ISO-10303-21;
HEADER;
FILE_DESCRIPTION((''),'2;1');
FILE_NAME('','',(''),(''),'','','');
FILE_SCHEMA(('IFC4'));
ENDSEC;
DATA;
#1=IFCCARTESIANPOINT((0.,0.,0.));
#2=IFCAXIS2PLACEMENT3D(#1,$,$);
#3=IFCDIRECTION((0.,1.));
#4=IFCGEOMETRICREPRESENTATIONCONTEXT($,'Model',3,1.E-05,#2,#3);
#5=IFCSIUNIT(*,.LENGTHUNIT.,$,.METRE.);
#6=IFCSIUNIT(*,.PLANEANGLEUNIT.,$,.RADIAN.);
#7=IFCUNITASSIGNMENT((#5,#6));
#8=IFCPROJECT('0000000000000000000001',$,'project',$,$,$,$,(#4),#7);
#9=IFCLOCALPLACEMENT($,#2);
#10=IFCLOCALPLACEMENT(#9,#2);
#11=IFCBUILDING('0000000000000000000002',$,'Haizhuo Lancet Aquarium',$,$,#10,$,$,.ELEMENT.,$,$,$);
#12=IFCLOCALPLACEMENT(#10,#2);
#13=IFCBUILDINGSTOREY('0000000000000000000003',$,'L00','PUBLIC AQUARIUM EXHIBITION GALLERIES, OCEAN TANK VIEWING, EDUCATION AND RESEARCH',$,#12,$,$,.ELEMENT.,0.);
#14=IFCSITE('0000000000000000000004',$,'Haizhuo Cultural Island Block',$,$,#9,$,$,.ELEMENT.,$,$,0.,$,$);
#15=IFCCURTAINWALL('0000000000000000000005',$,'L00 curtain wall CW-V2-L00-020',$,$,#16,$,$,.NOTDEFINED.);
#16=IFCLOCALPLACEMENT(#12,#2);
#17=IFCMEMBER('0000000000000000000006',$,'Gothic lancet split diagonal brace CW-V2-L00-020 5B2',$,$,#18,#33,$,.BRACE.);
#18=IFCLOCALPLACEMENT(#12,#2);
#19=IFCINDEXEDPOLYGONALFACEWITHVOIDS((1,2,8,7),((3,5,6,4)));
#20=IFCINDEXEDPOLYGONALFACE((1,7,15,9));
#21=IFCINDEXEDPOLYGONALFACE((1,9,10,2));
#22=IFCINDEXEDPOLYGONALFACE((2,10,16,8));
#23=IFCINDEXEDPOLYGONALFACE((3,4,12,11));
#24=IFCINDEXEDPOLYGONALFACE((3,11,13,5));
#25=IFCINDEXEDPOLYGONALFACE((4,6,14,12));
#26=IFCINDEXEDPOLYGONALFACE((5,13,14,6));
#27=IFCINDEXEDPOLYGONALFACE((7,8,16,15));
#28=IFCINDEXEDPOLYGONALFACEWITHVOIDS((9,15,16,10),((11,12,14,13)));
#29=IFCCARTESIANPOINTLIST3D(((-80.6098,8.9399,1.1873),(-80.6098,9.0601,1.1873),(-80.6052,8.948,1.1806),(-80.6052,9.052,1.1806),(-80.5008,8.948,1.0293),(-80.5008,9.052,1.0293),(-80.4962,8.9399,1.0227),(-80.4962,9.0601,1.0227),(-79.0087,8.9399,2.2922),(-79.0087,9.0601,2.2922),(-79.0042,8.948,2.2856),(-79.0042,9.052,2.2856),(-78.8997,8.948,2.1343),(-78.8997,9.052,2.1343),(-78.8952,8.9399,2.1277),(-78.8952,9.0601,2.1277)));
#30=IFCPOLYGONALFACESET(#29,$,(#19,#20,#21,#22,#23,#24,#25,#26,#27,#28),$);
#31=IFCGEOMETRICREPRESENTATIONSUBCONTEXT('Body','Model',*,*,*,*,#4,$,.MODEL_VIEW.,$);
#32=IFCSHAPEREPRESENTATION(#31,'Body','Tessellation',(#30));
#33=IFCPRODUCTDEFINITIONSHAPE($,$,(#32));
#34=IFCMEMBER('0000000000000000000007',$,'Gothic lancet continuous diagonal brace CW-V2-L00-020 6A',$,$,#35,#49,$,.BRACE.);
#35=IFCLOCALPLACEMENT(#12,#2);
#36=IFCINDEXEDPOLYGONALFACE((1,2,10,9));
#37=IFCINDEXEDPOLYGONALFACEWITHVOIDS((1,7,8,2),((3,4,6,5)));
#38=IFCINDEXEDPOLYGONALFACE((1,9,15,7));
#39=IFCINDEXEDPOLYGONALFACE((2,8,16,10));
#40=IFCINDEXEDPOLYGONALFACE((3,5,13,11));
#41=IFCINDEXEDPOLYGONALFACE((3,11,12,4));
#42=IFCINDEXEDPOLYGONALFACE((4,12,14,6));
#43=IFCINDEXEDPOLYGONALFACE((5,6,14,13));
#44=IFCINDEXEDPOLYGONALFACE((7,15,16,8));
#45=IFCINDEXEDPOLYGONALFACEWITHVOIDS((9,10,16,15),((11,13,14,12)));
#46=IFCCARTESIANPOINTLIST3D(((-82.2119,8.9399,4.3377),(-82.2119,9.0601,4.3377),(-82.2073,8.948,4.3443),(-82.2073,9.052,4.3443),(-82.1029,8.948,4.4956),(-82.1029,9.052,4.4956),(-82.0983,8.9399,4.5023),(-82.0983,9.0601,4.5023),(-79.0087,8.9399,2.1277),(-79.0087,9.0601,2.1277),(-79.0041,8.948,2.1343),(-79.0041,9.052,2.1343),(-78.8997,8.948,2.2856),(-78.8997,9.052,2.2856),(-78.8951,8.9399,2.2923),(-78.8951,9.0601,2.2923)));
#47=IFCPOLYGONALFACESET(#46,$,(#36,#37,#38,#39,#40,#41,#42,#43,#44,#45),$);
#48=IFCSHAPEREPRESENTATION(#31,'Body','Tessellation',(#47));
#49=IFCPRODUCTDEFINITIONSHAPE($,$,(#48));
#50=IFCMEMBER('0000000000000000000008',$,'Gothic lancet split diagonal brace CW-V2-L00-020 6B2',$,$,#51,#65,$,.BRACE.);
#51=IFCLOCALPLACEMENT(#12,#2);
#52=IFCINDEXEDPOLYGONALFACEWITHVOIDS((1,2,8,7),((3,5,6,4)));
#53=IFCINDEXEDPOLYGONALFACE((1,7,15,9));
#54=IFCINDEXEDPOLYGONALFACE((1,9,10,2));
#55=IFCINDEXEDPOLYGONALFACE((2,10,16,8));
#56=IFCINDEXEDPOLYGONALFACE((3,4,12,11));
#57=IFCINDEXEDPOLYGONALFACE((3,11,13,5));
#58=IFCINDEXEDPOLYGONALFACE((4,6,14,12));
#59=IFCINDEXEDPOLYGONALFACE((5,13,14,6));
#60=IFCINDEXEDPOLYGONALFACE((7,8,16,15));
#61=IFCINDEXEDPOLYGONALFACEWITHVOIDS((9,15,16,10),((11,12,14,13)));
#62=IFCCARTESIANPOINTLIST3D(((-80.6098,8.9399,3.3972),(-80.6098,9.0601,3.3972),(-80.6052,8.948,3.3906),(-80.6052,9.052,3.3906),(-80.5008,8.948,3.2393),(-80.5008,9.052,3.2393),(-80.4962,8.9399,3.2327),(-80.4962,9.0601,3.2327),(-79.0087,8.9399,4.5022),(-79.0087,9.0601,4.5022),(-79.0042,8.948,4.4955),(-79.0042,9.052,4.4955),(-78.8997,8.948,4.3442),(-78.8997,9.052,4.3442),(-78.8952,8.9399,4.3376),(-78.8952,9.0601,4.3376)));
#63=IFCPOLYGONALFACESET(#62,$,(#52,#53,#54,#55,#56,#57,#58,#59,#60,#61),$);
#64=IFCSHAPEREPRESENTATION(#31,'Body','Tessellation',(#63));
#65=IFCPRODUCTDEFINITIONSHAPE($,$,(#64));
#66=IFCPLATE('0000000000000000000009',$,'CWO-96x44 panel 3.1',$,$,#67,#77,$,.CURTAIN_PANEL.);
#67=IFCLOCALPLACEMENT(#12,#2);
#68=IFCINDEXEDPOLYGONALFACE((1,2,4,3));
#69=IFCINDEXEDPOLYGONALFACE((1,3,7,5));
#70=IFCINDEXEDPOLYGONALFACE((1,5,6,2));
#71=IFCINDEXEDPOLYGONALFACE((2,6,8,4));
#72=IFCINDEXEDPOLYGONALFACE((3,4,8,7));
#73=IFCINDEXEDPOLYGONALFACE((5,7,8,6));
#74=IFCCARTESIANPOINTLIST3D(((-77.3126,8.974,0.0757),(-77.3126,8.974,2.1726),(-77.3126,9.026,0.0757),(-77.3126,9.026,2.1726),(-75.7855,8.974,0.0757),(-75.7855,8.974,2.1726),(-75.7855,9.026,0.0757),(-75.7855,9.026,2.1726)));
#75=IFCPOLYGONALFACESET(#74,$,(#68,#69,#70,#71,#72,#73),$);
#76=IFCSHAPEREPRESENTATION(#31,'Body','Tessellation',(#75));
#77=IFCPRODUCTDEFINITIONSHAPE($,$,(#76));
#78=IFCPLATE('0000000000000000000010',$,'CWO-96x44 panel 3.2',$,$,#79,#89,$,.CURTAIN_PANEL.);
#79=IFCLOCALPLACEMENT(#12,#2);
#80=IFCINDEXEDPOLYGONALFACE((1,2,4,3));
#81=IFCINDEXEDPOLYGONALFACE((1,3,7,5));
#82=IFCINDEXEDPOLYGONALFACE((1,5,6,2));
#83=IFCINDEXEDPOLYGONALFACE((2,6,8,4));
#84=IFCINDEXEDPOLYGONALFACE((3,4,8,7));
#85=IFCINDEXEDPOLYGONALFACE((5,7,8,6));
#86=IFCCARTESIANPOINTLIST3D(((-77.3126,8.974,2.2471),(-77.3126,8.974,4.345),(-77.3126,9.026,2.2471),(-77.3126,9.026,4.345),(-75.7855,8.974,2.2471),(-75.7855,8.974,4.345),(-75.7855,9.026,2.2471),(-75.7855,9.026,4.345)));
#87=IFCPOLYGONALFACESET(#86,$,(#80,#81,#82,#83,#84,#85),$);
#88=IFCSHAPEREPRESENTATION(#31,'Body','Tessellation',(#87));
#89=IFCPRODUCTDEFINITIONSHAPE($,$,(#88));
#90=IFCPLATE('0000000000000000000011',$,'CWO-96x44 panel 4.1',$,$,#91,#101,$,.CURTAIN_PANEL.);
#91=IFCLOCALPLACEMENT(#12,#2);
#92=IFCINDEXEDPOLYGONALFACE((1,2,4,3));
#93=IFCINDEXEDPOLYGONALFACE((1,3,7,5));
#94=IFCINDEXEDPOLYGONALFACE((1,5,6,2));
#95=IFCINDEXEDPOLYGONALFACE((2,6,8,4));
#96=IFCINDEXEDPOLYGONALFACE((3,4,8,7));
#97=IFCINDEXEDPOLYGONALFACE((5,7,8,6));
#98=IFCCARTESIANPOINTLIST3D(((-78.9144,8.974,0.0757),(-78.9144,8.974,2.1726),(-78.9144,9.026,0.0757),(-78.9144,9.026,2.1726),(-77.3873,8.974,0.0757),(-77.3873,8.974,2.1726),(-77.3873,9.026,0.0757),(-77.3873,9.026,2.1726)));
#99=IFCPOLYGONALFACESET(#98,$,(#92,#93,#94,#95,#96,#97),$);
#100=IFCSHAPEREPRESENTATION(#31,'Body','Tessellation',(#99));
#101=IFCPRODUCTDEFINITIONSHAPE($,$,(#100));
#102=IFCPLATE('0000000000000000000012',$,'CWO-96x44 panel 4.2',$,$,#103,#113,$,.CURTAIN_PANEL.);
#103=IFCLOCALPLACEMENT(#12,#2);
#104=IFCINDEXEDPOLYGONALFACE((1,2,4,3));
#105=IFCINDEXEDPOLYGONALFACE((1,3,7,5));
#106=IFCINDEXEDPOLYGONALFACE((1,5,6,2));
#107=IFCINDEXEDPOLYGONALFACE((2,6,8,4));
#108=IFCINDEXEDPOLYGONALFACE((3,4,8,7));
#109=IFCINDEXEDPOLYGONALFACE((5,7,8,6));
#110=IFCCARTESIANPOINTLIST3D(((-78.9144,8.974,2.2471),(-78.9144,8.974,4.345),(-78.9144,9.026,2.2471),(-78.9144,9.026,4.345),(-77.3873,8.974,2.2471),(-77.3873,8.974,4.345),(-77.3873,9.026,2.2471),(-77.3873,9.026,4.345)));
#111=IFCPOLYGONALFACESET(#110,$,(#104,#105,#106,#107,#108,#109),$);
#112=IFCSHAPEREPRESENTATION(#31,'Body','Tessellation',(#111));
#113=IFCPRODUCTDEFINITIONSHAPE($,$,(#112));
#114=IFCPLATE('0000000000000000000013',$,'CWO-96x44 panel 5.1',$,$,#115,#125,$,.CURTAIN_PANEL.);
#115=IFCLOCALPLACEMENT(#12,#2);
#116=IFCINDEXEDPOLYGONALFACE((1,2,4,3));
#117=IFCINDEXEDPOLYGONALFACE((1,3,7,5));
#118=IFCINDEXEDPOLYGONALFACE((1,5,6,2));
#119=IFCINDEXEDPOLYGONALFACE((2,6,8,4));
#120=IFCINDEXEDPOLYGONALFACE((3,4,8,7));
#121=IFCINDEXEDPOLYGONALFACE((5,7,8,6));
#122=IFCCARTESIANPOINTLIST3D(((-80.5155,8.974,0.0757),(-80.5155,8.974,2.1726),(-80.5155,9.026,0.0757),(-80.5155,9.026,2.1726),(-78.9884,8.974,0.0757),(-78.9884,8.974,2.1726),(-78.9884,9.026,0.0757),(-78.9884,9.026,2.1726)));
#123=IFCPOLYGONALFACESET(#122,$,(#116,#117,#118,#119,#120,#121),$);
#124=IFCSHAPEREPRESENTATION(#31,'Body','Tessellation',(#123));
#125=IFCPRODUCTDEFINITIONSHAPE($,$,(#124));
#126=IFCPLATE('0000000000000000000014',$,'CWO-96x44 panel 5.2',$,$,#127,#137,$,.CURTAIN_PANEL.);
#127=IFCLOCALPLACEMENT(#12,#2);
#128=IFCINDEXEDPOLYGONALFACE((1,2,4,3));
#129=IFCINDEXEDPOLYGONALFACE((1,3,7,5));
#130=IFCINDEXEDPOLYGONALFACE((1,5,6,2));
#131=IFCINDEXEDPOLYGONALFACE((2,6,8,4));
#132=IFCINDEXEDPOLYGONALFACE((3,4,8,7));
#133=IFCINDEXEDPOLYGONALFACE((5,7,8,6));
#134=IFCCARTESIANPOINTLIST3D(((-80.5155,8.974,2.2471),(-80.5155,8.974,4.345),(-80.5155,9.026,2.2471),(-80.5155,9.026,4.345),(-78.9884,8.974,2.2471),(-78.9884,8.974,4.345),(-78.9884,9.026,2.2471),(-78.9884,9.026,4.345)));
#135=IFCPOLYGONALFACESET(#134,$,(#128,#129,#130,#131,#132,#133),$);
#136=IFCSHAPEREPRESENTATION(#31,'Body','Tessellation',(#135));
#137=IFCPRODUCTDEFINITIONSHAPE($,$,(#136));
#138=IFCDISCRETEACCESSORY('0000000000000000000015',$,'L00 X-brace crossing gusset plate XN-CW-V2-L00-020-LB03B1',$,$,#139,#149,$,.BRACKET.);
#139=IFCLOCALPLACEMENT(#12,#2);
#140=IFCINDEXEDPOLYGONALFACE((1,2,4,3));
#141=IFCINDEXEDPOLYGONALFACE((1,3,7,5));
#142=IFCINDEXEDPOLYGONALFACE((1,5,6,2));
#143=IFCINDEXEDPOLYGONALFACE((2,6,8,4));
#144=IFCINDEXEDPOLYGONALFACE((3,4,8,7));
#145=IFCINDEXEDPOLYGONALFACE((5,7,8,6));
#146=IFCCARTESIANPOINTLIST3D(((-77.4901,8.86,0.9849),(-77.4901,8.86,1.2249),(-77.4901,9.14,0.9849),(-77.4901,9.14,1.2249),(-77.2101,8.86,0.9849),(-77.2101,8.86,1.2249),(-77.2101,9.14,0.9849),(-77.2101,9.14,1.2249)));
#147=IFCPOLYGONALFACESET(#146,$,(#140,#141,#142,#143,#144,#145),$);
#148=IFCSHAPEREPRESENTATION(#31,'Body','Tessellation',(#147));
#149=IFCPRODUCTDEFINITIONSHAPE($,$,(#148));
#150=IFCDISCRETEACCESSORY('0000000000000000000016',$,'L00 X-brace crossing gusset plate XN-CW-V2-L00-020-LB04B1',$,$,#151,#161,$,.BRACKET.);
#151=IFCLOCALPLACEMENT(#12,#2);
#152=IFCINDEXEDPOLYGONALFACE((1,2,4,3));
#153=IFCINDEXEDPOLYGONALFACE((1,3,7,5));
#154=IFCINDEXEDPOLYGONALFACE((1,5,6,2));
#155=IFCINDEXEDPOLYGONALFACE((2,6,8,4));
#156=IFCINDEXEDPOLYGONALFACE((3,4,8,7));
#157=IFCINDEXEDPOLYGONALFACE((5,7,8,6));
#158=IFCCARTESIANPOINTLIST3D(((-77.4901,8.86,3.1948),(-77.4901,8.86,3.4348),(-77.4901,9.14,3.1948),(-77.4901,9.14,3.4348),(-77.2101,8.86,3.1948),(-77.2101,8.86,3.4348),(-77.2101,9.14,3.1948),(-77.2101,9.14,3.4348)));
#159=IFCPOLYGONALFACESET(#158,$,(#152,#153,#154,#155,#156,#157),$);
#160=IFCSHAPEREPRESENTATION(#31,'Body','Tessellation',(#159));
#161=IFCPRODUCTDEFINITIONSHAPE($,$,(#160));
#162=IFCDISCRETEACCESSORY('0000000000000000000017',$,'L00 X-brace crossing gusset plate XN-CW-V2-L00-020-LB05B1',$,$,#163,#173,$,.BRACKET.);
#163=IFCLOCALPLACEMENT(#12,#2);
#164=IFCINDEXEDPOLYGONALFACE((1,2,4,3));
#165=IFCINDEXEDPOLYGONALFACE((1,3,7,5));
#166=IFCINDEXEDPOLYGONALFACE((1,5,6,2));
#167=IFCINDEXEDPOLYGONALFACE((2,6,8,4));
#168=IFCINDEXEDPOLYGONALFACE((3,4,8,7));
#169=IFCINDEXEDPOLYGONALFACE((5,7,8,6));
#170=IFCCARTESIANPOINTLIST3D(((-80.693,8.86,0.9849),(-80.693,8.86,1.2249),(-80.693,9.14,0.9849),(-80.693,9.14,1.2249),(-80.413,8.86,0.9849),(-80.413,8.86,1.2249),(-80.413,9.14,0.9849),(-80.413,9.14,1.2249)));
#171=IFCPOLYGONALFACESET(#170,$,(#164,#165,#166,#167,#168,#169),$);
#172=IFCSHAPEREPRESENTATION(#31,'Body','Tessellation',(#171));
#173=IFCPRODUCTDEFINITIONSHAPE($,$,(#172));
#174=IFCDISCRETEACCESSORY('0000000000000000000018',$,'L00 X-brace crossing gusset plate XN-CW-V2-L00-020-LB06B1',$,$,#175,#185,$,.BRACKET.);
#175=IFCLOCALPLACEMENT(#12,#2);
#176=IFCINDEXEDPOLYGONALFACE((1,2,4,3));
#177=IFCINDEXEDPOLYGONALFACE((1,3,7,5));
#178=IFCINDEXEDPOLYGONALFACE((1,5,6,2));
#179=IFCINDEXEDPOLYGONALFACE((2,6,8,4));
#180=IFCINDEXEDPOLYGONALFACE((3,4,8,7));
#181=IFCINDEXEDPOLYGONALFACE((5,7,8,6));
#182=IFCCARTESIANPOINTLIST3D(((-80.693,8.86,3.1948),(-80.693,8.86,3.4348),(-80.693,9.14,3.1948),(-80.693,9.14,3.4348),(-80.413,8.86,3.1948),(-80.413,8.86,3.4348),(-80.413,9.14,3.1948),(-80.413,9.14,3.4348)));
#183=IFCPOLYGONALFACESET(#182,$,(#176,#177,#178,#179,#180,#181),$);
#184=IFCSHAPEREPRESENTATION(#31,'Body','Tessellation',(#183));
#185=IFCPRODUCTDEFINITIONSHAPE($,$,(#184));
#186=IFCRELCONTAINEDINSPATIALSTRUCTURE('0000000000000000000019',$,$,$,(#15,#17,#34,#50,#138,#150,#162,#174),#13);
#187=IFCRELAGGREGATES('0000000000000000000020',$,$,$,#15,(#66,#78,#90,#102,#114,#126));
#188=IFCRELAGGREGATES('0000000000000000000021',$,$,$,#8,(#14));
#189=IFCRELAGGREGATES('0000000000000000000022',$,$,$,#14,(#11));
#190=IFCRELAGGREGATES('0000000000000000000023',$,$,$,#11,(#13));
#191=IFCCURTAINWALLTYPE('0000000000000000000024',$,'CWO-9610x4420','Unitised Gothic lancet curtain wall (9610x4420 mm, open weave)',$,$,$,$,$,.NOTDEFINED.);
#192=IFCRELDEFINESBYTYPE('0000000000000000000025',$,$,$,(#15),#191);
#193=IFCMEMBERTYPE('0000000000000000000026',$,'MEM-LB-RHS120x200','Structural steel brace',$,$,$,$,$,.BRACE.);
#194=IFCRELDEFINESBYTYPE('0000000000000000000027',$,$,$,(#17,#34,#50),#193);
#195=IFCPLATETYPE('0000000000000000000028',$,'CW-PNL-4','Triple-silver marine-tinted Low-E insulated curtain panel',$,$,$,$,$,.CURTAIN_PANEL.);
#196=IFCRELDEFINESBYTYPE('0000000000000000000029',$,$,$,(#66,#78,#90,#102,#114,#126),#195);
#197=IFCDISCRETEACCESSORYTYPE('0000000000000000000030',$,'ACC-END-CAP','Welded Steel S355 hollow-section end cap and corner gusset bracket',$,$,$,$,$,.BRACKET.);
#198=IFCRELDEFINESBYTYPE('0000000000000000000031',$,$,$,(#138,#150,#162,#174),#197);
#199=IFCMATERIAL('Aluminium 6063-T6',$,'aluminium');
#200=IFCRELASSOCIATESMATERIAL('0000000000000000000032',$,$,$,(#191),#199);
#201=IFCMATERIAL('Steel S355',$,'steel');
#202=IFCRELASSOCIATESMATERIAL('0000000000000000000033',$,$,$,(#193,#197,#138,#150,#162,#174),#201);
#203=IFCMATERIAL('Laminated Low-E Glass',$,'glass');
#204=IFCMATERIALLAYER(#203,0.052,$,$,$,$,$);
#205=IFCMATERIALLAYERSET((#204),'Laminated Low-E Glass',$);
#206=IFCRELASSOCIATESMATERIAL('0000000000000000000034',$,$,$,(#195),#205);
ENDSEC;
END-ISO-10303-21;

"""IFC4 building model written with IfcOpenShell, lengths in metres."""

from ifc_helpers import new_model, si_unit, direction, frame, origin, origin_2d, place, context, subcontext, project, spatial, rectangle, hollow_rectangle, extrude, material, layer, layer_set, material_profile, profile_set, type_object, element, aggregate, save


model = new_model("IFC4")

# Units and contexts
model_context = context("Model", 3, precision=1e-05, world=origin(), true_north=direction((0.0, 1.0)))
body_context = subcontext(model_context, "Body", "Model", "MODEL_VIEW")
ifc_project = project(units=[si_unit("LENGTHUNIT", "METRE"), si_unit("PLANEANGLEUNIT", "RADIAN")], contexts=[model_context])

# Site, building, storey
site_placement = place(None, origin())
site = spatial("IfcSite", under=ifc_project, at=site_placement, Name="Haizhuo Cultural Island Block", CompositionType="ELEMENT", RefElevation=0.0)
building_placement = place(site_placement, origin())
building = spatial("IfcBuilding", under=site, at=building_placement, Name="Haizhuo Lancet Aquarium", CompositionType="ELEMENT")
storey_placement = place(building_placement, origin())
storey = spatial("IfcBuildingStorey", under=building, at=storey_placement, Name="L00", Description="PUBLIC AQUARIUM EXHIBITION GALLERIES, OCEAN TANK VIEWING, EDUCATION AND RESEARCH", CompositionType="ELEMENT", Elevation=0.0)

# Curtain wall
ifc_material_1 = material(Name="Aluminium 6063-T6", Category="aluminium")
curtain_wall_type = type_object("IfcCurtainWallType", Name="CWO-9610x4420", Description="Unitised Gothic lancet curtain wall (9610x4420 mm, open weave)", PredefinedType="NOTDEFINED", material=ifc_material_1)
curtain_wall_placement = place(storey_placement, origin())
curtain_wall = element("IfcCurtainWall", 1, at=curtain_wall_placement, inside=storey, type_object=curtain_wall_type, Name="L00 curtain wall CW-V2-L00-020", PredefinedType="NOTDEFINED")

# Members
ifc_material_2 = material(Name="Steel S355", Category="steel")
ifc_material_profile_1 = material_profile(ifc_material_2, hollow_rectangle(XDim=0.1201, YDim=0.2, WallThickness=0.0081, at=origin_2d()), Name="RHS 120x200x8")
ifc_profile_set_1 = profile_set([ifc_material_profile_1], Name="Steel S355")
member_type_1 = type_object("IfcMemberType", Name="MEM-LB-RHS120x200", Description="Structural steel brace", PredefinedType="BRACE", material=ifc_profile_set_1)
member_1_placement = place(storey_placement, frame((-80.553, 9.0, 1.105), z_axis=(0.823023, 0.0, 0.568009), x_axis=(0.0, 1.0, 0.0)))
element("IfcMember", 2, at=member_1_placement, inside=storey, type_object=member_type_1, Name="Gothic lancet split diagonal brace CW-V2-L00-020 5B2", PredefinedType="BRACE", context=body_context, shape_type="SweptSolid", body=[
    extrude(hollow_rectangle(XDim=0.1201, YDim=0.2, WallThickness=0.0081, at=origin_2d()), origin(), (0.0, 0.0, 1.0), 1.9453),
])
member_2_placement = place(storey_placement, frame((-78.9519, 9.0, 2.21), z_axis=(-0.823104, 0.0, 0.567891), x_axis=(0.0, -1.0, 0.0)))
element("IfcMember", 3, at=member_2_placement, inside=storey, type_object=member_type_1, Name="Gothic lancet continuous diagonal brace CW-V2-L00-020 6A", PredefinedType="BRACE", context=body_context, shape_type="SweptSolid", body=[
    extrude(hollow_rectangle(XDim=0.1201, YDim=0.2, WallThickness=0.0081, at=origin_2d()), origin(), (0.0, 0.0, 1.0), 3.8916),
])
member_3_placement = place(storey_placement, frame((-80.553, 9.0, 3.3149), z_axis=(0.823023, 0.0, 0.568009), x_axis=(0.0, 1.0, 0.0)))
element("IfcMember", 4, at=member_3_placement, inside=storey, type_object=member_type_1, Name="Gothic lancet split diagonal brace CW-V2-L00-020 6B2", PredefinedType="BRACE", context=body_context, shape_type="SweptSolid", body=[
    extrude(hollow_rectangle(XDim=0.1201, YDim=0.2, WallThickness=0.0081, at=origin_2d()), origin(), (0.0, 0.0, 1.0), 1.9453),
])

# Plates
ifc_material_3 = material(Name="Laminated Low-E Glass", Category="glass")
ifc_layer = layer(ifc_material_3, 0.052)
ifc_layer_set = layer_set([ifc_layer], Name="Laminated Low-E Glass")
plate_type = type_object("IfcPlateType", Name="CW-PNL-4", Description="Triple-silver marine-tinted Low-E insulated curtain panel", PredefinedType="CURTAIN_PANEL", material=ifc_layer_set)
plate_1_placement = place(storey_placement, frame((-76.5491, 9.0, 0.0757), z_axis=(0.0, 0.0, 1.0), x_axis=(-1.0, 0.0, 0.0)))
plate_1 = element("IfcPlate", 5, at=plate_1_placement, type_object=plate_type, Name="CWO-96x44 panel 3.1", PredefinedType="CURTAIN_PANEL", context=body_context, shape_type="SweptSolid", body=[
    extrude(rectangle(XDim=1.5271, YDim=0.052, at=origin_2d()), origin(), (0.0, 0.0, 1.0), 2.0969),
])
plate_2_placement = place(storey_placement, frame((-76.5491, 9.0, 2.2471), z_axis=(0.0, 0.0, 1.0), x_axis=(-1.0, 0.0, 0.0)))
plate_2 = element("IfcPlate", 6, at=plate_2_placement, type_object=plate_type, Name="CWO-96x44 panel 3.2", PredefinedType="CURTAIN_PANEL", context=body_context, shape_type="SweptSolid", body=[
    extrude(rectangle(XDim=1.5271, YDim=0.052, at=origin_2d()), origin(), (0.0, 0.0, 1.0), 2.0979),
])
plate_3_placement = place(storey_placement, frame((-78.1509, 9.0, 0.0757), z_axis=(0.0, 0.0, 1.0), x_axis=(-1.0, 0.0, 0.0)))
plate_3 = element("IfcPlate", 7, at=plate_3_placement, type_object=plate_type, Name="CWO-96x44 panel 4.1", PredefinedType="CURTAIN_PANEL", context=body_context, shape_type="SweptSolid", body=[
    extrude(rectangle(XDim=1.5271, YDim=0.052, at=origin_2d()), origin(), (0.0, 0.0, 1.0), 2.0969),
])
plate_4_placement = place(storey_placement, frame((-78.1509, 9.0, 2.2471), z_axis=(0.0, 0.0, 1.0), x_axis=(-1.0, 0.0, 0.0)))
plate_4 = element("IfcPlate", 8, at=plate_4_placement, type_object=plate_type, Name="CWO-96x44 panel 4.2", PredefinedType="CURTAIN_PANEL", context=body_context, shape_type="SweptSolid", body=[
    extrude(rectangle(XDim=1.5271, YDim=0.052, at=origin_2d()), origin(), (0.0, 0.0, 1.0), 2.0979),
])
plate_5_placement = place(storey_placement, frame((-79.752, 9.0, 0.0757), z_axis=(0.0, 0.0, 1.0), x_axis=(-1.0, 0.0, 0.0)))
plate_5 = element("IfcPlate", 9, at=plate_5_placement, type_object=plate_type, Name="CWO-96x44 panel 5.1", PredefinedType="CURTAIN_PANEL", context=body_context, shape_type="SweptSolid", body=[
    extrude(rectangle(XDim=1.5271, YDim=0.052, at=origin_2d()), origin(), (0.0, 0.0, 1.0), 2.0969),
])
plate_6_placement = place(storey_placement, frame((-79.752, 9.0, 2.2471), z_axis=(0.0, 0.0, 1.0), x_axis=(-1.0, 0.0, 0.0)))
plate_6 = element("IfcPlate", 10, at=plate_6_placement, type_object=plate_type, Name="CWO-96x44 panel 5.2", PredefinedType="CURTAIN_PANEL", context=body_context, shape_type="SweptSolid", body=[
    extrude(rectangle(XDim=1.5271, YDim=0.052, at=origin_2d()), origin(), (0.0, 0.0, 1.0), 2.0979),
])
aggregate(curtain_wall, [plate_1, plate_2, plate_3, plate_4, plate_5, plate_6])

# Discrete accessories
discrete_accessory_type = type_object("IfcDiscreteAccessoryType", Name="ACC-END-CAP", Description="Welded Steel S355 hollow-section end cap and corner gusset bracket", PredefinedType="BRACKET", material=ifc_material_2)
for number, where, z_axis, x_axis, name in (
    (11, (-77.3501, 9.0, 0.9849), (0.0, 0.0, 1.0), (1.0, 0.0, 0.0), "L00 X-brace crossing gusset plate XN-CW-V2-L00-020-LB03B1"),
    (12, (-77.3501, 9.0, 3.1948), (0.0, 0.0, 1.0), (1.0, 0.0, 0.0), "L00 X-brace crossing gusset plate XN-CW-V2-L00-020-LB04B1"),
    (13, (-80.553, 9.0, 0.9849), (0.0, 0.0, 1.0), (1.0, 0.0, 0.0), "L00 X-brace crossing gusset plate XN-CW-V2-L00-020-LB05B1"),
    (14, (-80.553, 9.0, 3.1948), (0.0, 0.0, 1.0), (1.0, 0.0, 0.0), "L00 X-brace crossing gusset plate XN-CW-V2-L00-020-LB06B1"),
):
    element("IfcDiscreteAccessory", number, at=place(storey_placement, frame(where, z_axis=z_axis, x_axis=x_axis)), inside=storey, type_object=discrete_accessory_type, material=ifc_material_2, Name=name, PredefinedType="BRACKET", context=body_context, shape_type="SweptSolid", body=[
        extrude(rectangle(XDim=0.28, YDim=0.28, at=origin_2d()), origin(), (0.0, 0.0, 1.0), 0.24),
    ])

save(model, "model.ifc")
